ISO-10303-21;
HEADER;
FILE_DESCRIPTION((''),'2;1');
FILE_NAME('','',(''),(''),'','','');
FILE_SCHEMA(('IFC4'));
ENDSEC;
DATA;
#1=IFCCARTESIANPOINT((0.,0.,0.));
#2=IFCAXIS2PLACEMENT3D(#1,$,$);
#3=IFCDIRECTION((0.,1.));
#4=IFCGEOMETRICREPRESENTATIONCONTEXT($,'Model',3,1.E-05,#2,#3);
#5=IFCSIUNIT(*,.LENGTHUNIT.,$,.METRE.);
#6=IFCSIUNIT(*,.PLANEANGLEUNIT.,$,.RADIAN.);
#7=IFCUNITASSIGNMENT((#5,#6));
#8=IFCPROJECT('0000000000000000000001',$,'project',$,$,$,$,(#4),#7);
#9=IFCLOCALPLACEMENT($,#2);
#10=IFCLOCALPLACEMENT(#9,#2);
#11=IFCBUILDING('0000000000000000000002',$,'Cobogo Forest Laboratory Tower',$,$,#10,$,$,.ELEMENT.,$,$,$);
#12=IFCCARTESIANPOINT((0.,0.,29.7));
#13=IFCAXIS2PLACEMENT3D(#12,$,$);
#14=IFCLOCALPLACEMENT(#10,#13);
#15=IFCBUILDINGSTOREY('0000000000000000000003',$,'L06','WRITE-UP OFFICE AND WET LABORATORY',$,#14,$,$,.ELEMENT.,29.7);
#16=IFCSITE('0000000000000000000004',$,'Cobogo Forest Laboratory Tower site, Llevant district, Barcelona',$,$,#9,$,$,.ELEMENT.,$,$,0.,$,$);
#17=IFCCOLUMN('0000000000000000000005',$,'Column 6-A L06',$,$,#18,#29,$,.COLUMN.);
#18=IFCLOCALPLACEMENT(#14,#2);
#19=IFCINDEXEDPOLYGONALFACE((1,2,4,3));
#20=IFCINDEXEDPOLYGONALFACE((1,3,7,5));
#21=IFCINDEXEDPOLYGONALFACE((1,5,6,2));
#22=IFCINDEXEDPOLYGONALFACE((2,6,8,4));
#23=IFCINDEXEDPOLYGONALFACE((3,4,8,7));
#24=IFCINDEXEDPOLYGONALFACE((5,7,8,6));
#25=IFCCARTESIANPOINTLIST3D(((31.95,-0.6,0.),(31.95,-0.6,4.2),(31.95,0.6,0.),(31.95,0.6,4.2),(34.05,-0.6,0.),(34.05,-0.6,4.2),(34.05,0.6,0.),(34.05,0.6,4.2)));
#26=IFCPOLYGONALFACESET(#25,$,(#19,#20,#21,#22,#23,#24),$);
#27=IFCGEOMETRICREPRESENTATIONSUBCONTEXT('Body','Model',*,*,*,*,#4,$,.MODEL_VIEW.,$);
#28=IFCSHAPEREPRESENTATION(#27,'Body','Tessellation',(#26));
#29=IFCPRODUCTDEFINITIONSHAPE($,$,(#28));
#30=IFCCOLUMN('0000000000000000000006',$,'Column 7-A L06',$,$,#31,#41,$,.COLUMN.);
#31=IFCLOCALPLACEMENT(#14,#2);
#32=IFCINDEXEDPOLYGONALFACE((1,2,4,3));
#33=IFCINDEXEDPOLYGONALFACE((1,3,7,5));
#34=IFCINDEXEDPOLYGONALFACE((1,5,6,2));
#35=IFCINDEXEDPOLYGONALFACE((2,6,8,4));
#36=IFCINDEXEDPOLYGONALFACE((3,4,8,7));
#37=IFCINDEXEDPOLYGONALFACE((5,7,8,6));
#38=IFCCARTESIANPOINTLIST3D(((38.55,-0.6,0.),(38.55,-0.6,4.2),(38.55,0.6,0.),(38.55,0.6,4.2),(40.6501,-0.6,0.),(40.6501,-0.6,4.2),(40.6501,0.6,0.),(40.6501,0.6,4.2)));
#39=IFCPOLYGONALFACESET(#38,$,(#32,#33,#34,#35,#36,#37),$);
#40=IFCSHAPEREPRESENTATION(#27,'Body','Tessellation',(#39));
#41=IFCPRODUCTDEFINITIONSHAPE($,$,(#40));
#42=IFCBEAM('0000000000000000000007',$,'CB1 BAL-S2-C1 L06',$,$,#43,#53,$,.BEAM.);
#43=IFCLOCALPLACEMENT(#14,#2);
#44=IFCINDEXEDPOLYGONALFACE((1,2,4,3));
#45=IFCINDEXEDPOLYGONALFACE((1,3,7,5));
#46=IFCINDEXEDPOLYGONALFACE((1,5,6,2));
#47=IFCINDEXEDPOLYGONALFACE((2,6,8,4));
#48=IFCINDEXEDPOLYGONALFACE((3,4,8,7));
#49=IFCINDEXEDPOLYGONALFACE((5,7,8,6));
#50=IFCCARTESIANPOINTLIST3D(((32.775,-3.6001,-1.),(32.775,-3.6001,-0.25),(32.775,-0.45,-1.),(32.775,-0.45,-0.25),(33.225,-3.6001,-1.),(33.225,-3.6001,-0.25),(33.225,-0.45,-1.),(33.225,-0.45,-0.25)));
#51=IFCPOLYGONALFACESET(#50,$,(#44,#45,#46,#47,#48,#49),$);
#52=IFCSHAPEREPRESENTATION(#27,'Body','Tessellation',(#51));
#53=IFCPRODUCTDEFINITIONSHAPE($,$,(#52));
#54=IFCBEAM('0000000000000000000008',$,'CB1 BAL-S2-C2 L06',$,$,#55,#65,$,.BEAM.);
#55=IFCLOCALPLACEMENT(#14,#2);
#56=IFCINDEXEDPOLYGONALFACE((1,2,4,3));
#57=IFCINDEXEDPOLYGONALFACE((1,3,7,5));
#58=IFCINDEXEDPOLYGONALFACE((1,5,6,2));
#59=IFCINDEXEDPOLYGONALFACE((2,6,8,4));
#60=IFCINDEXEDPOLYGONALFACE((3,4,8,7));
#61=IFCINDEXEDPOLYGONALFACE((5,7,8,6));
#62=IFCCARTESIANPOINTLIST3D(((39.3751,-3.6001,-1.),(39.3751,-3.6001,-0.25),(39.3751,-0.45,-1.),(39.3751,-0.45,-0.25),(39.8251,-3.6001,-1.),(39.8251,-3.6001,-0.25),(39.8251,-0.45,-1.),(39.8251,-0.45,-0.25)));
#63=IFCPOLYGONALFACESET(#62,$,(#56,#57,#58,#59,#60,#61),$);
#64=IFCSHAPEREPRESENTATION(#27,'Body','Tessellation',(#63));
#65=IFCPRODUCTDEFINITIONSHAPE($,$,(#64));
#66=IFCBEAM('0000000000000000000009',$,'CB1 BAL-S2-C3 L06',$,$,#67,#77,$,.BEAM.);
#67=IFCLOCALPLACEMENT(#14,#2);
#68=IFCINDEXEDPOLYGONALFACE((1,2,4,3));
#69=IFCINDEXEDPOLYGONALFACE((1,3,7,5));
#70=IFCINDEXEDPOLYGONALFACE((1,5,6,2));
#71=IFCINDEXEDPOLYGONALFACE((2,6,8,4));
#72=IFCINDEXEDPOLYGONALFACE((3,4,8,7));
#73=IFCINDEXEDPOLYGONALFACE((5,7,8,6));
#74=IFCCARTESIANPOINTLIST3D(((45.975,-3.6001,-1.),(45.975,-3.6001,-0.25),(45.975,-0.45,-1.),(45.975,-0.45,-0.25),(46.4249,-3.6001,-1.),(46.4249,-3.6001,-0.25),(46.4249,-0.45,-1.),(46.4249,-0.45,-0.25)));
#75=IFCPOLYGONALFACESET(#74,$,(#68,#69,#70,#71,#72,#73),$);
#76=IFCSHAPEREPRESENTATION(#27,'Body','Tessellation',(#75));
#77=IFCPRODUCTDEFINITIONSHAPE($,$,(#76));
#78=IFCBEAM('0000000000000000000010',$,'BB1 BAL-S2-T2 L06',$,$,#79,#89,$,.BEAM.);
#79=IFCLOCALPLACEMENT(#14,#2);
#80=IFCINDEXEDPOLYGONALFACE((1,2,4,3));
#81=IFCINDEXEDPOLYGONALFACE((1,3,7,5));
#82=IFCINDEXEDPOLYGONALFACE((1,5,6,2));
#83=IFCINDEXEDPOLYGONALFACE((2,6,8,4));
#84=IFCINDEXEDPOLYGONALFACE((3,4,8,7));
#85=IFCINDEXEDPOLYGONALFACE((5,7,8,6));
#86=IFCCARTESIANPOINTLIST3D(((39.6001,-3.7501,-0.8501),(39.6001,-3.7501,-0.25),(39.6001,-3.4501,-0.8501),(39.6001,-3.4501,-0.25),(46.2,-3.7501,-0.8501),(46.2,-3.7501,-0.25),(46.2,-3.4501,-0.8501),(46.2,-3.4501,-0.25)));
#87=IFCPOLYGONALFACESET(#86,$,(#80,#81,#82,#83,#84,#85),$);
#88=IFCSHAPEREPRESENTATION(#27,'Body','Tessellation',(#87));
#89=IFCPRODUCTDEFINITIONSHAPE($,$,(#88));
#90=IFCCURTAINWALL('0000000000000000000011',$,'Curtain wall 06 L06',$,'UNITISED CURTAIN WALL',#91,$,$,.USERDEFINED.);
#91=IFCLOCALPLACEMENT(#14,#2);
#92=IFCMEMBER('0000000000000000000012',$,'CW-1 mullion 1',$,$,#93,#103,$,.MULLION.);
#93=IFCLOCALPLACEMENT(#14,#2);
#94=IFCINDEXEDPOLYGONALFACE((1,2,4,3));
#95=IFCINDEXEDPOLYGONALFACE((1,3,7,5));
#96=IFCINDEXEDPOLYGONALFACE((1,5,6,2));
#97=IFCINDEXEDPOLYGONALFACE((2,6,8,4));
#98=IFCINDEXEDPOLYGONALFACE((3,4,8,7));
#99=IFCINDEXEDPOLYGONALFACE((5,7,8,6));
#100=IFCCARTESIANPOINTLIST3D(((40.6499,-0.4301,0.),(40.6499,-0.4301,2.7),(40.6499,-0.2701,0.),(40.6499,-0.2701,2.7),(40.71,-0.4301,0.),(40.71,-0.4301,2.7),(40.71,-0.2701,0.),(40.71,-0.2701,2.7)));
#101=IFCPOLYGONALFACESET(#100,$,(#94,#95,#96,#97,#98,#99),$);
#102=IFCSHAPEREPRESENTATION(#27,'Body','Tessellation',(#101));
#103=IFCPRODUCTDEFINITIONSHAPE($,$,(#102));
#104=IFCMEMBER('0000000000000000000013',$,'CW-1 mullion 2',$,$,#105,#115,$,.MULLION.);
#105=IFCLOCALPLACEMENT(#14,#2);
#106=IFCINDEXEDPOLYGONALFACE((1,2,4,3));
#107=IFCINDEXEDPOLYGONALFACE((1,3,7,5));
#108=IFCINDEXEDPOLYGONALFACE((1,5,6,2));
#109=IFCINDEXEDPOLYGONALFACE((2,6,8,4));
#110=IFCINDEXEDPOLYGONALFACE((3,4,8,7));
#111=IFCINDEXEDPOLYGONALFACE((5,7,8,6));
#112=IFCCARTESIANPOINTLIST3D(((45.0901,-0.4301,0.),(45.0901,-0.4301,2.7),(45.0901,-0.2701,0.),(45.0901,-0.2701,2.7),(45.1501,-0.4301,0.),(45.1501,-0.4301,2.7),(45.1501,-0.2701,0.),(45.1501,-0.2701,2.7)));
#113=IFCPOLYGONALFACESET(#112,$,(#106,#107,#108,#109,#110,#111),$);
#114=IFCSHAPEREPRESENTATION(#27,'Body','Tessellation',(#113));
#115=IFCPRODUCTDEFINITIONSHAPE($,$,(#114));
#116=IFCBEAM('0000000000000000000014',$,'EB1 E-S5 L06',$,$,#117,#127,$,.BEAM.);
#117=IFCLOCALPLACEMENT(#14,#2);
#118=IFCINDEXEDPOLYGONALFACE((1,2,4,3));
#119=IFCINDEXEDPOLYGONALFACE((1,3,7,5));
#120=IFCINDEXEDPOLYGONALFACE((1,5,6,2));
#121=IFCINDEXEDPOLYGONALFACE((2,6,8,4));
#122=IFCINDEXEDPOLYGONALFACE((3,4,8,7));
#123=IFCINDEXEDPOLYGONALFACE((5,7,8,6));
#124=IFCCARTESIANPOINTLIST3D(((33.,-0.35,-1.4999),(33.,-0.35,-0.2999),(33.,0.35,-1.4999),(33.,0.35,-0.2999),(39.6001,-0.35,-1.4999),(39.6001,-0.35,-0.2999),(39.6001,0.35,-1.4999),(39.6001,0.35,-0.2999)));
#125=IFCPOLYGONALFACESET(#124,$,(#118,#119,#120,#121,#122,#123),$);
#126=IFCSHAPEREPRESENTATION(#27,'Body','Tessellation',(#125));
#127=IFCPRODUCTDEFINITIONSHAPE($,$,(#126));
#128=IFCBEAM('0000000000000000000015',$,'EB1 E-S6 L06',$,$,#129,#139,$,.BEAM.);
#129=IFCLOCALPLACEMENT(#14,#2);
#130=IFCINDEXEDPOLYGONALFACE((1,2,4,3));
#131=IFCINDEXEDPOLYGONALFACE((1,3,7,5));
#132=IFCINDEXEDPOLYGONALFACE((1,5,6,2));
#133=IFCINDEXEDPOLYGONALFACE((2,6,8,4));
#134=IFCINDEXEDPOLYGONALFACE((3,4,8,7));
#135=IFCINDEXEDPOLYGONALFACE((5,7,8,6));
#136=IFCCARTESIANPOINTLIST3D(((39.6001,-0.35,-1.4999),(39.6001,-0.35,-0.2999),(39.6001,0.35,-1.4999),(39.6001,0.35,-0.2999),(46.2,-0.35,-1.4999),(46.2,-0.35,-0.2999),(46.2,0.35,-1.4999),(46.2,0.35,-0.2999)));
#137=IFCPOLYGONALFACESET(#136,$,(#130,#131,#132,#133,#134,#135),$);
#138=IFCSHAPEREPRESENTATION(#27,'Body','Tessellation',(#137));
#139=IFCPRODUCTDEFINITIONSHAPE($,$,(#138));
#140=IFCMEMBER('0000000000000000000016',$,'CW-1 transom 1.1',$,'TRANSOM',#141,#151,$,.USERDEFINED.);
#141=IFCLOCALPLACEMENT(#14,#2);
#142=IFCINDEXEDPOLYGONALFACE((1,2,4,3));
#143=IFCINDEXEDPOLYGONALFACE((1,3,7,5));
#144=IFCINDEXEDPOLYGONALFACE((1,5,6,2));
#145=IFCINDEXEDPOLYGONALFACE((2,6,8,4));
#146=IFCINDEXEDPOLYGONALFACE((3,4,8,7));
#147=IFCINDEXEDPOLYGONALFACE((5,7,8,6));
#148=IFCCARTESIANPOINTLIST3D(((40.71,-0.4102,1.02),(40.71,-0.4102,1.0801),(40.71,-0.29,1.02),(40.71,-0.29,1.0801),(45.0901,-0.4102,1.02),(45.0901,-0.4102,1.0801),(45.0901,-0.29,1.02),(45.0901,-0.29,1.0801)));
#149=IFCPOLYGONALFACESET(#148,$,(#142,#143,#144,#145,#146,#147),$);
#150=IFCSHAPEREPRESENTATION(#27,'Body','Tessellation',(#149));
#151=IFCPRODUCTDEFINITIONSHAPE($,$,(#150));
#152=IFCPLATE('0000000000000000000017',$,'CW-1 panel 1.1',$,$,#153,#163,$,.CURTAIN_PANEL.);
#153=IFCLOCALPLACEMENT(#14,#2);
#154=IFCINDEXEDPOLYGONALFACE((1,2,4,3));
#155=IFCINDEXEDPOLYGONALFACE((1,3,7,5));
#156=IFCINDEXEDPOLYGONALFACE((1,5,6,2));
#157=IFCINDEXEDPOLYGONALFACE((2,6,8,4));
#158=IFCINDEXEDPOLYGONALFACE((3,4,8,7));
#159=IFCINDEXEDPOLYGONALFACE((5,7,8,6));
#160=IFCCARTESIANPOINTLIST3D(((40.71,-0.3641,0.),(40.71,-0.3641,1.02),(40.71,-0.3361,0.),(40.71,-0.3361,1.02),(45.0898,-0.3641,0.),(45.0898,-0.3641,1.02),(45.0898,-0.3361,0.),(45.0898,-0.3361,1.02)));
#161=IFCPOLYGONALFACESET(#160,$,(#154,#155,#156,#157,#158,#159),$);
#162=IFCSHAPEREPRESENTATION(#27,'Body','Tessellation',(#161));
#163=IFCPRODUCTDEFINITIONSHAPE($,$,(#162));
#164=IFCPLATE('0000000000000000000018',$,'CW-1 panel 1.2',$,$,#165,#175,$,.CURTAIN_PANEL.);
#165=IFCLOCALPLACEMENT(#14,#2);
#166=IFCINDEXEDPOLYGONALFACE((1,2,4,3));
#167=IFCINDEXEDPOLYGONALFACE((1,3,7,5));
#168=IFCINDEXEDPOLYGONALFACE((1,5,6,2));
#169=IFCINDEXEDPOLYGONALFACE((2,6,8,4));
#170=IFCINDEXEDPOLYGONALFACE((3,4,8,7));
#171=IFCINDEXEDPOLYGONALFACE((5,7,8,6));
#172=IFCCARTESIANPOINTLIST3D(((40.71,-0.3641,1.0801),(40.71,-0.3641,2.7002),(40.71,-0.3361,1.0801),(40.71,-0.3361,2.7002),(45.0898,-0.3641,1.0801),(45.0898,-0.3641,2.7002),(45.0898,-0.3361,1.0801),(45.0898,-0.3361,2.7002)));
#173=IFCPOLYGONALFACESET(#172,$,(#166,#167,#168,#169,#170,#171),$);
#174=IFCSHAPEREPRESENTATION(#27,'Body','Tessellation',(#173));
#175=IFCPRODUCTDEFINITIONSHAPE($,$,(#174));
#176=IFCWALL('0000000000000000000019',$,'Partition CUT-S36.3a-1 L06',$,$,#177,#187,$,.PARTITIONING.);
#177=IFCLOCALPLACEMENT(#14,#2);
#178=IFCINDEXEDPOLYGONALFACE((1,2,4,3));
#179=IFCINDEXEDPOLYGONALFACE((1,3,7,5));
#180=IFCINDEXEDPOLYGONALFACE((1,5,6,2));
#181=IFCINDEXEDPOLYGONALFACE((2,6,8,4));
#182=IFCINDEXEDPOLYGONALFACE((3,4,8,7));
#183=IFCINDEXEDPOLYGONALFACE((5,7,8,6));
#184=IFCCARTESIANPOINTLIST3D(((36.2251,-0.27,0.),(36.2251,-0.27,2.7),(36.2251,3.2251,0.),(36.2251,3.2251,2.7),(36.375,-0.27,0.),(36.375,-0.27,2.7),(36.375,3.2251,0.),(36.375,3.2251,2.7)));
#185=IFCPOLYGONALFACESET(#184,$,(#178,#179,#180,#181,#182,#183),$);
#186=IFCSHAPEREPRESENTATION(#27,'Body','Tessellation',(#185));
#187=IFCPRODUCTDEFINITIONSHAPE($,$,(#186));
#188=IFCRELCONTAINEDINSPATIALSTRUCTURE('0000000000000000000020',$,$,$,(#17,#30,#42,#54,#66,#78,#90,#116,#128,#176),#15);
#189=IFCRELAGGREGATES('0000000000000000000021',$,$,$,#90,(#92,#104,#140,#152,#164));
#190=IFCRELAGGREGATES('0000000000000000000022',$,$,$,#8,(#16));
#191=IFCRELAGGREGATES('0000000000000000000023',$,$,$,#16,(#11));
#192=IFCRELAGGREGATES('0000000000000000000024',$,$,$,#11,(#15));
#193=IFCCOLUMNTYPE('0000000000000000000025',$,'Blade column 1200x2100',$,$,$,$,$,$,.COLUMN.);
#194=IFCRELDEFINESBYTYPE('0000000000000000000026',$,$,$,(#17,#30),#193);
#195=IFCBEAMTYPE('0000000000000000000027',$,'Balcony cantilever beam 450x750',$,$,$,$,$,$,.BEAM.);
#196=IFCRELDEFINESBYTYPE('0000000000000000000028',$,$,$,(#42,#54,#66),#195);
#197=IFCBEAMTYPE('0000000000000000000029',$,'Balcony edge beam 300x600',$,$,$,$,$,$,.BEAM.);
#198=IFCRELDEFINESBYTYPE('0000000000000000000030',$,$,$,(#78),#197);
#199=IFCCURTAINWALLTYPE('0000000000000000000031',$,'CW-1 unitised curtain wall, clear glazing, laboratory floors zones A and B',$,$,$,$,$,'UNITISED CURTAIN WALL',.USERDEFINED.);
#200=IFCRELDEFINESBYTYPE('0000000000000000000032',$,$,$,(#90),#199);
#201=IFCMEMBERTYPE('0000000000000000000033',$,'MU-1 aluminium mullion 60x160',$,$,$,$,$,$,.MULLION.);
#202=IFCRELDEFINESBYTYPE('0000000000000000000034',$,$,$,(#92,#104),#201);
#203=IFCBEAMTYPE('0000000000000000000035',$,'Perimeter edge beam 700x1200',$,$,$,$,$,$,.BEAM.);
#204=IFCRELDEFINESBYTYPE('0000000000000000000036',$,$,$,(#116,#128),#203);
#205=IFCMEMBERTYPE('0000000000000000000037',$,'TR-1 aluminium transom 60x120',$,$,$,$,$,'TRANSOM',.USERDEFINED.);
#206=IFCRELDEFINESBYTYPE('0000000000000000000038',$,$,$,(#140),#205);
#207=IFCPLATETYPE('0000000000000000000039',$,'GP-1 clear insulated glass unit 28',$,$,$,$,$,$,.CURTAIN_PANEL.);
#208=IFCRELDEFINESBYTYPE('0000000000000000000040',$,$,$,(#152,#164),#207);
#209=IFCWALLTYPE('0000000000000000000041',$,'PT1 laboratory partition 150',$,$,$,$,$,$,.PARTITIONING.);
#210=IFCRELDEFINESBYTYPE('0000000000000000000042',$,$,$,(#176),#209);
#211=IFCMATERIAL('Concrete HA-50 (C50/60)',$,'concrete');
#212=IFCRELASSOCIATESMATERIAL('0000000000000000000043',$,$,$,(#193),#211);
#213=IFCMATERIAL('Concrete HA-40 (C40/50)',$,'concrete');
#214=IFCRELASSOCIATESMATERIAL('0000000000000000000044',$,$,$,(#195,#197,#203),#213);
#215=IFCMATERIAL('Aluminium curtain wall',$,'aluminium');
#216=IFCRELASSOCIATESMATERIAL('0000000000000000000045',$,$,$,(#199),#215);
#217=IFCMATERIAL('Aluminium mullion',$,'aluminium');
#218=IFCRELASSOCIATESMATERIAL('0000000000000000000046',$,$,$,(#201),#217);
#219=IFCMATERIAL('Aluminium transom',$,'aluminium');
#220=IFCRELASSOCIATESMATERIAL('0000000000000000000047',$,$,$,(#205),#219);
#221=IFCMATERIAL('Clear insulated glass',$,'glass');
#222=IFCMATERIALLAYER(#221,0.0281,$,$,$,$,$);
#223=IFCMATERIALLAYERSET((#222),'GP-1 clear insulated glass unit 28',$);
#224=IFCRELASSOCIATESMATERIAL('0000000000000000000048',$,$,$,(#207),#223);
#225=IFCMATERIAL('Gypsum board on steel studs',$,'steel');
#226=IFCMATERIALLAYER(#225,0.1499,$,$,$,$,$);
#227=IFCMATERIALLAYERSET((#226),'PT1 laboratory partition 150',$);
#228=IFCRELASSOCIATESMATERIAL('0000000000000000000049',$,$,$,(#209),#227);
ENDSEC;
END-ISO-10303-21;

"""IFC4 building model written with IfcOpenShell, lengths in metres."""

from ifc_helpers import new_model, si_unit, direction, frame, frame_2d, origin, origin_2d, place, context, subcontext, project, spatial, rectangle, extrude, material, layer, layer_set, material_profile, profile_set, type_object, element, aggregate, save


model = new_model("IFC4")

# Units and contexts
model_context = context("Model", 3, precision=1e-05, world=origin(), true_north=direction((0.0, 1.0)))
body_context = subcontext(model_context, "Body", "Model", "MODEL_VIEW")
ifc_project = project(units=[si_unit("LENGTHUNIT", "METRE"), si_unit("PLANEANGLEUNIT", "RADIAN")], contexts=[model_context])

# Site, building, storey
site_placement = place(None, origin())
site = spatial("IfcSite", under=ifc_project, at=site_placement, Name="Cobogo Forest Laboratory Tower site, Llevant district, Barcelona", CompositionType="ELEMENT", RefElevation=0.0)
building_placement = place(site_placement, origin())
building = spatial("IfcBuilding", under=site, at=building_placement, Name="Cobogo Forest Laboratory Tower", CompositionType="ELEMENT")
storey_placement = place(building_placement, frame((0.0, 0.0, 29.7)))
storey = spatial("IfcBuildingStorey", under=building, at=storey_placement, Name="L06", Description="WRITE-UP OFFICE AND WET LABORATORY", CompositionType="ELEMENT", Elevation=29.7)

# Columns
ifc_material_1 = material(Name="Concrete HA-50 (C50/60)", Category="concrete")
ifc_material_profile_1 = material_profile(ifc_material_1, rectangle(XDim=2.1001, YDim=1.2, at=origin_2d()), Name="RC 1200x2100")
ifc_profile_set_1 = profile_set([ifc_material_profile_1], Name="Concrete HA-50 (C50/60)")
column_type = type_object("IfcColumnType", Name="Blade column 1200x2100", PredefinedType="COLUMN", material=ifc_profile_set_1)
for number, where, z_axis, x_axis, name in (
    (1, (33.0, 0.0, 0.0), (0.0, 0.0, 1.0), (1.0, 0.0, 0.0), "Column 6-A L06"),
    (2, (39.6001, 0.0, 0.0), (0.0, 0.0, 1.0), (1.0, 0.0, 0.0), "Column 7-A L06"),
):
    element("IfcColumn", number, at=place(storey_placement, frame(where, z_axis=z_axis, x_axis=x_axis)), inside=storey, type_object=column_type, Name=name, PredefinedType="COLUMN", context=body_context, shape_type="SweptSolid", body=[
        extrude(rectangle(XDim=2.1001, YDim=1.2, at=origin_2d()), origin(), (0.0, 0.0, 1.0), 4.2),
    ])

# Beams
ifc_material_2 = material(Name="Concrete HA-40 (C40/50)", Category="concrete")
ifc_material_profile_2 = material_profile(ifc_material_2, rectangle(XDim=0.45, YDim=0.75, at=origin_2d()), Name="RC 450x750")
ifc_profile_set_2 = profile_set([ifc_material_profile_2], Name="Concrete HA-40 (C40/50)")
beam_type_1 = type_object("IfcBeamType", Name="Balcony cantilever beam 450x750", PredefinedType="BEAM", material=ifc_profile_set_2)
for number, where, z_axis, x_axis, name in (
    (3, (33.0, -0.45, -0.625), (0.0, -1.0, 0.0), (1.0, 0.0, 0.0), "CB1 BAL-S2-C1 L06"),
    (4, (39.6001, -0.45, -0.625), (0.0, -1.0, 0.0), (1.0, 0.0, 0.0), "CB1 BAL-S2-C2 L06"),
    (5, (46.2, -0.45, -0.625), (0.0, -1.0, 0.0), (1.0, 0.0, 0.0), "CB1 BAL-S2-C3 L06"),
):
    element("IfcBeam", number, at=place(storey_placement, frame(where, z_axis=z_axis, x_axis=x_axis)), inside=storey, type_object=beam_type_1, Name=name, PredefinedType="BEAM", context=body_context, shape_type="SweptSolid", body=[
        extrude(rectangle(XDim=0.45, YDim=0.75, at=origin_2d()), origin(), (0.0, 0.0, 1.0), 3.1501),
    ])
ifc_material_profile_3 = material_profile(ifc_material_2, rectangle(XDim=0.3, YDim=0.6001, at=origin_2d()), Name="RC 300x600")
ifc_profile_set_3 = profile_set([ifc_material_profile_3], Name="Concrete HA-40 (C40/50)")
beam_type_2 = type_object("IfcBeamType", Name="Balcony edge beam 300x600", PredefinedType="BEAM", material=ifc_profile_set_3)
beam_1_placement = place(storey_placement, frame((39.6001, -3.6001, -0.55), z_axis=(1.0, 0.0, 0.0), x_axis=(0.0, 1.0, 0.0)))
element("IfcBeam", 6, at=beam_1_placement, inside=storey, type_object=beam_type_2, Name="BB1 BAL-S2-T2 L06", PredefinedType="BEAM", context=body_context, shape_type="SweptSolid", body=[
    extrude(rectangle(XDim=0.3, YDim=0.6001, at=origin_2d()), origin(), (0.0, 0.0, 1.0), 6.5999),
])

# Curtain wall, members
ifc_material_3 = material(Name="Aluminium curtain wall", Category="aluminium")
curtain_wall_type = type_object("IfcCurtainWallType", Name="CW-1 unitised curtain wall, clear glazing, laboratory floors zones A and B", ElementType="UNITISED CURTAIN WALL", PredefinedType="USERDEFINED", material=ifc_material_3)
curtain_wall_placement = place(storey_placement, origin())
curtain_wall = element("IfcCurtainWall", 7, at=curtain_wall_placement, inside=storey, type_object=curtain_wall_type, Name="Curtain wall 06 L06", ObjectType="UNITISED CURTAIN WALL", PredefinedType="USERDEFINED")
ifc_material_4 = material(Name="Aluminium mullion", Category="aluminium")
ifc_material_profile_4 = material_profile(ifc_material_4, rectangle(XDim=0.0601, YDim=0.1599, at=origin_2d()), Name="AL 60x160")
ifc_profile_set_4 = profile_set([ifc_material_profile_4], Name="Aluminium mullion")
member_type_1 = type_object("IfcMemberType", Name="MU-1 aluminium mullion 60x160", PredefinedType="MULLION", material=ifc_profile_set_4)
member_1_placement = place(storey_placement, frame((40.6799, -0.3501, 0.0), z_axis=(0.0, 0.0, 1.0), x_axis=(1.0, 0.0, 0.0)))
member_1 = element("IfcMember", 8, at=member_1_placement, type_object=member_type_1, Name="CW-1 mullion 1", PredefinedType="MULLION", context=body_context, shape_type="SweptSolid", body=[
    extrude(rectangle(XDim=0.0601, YDim=0.1599, at=origin_2d()), origin(), (0.0, 0.0, 1.0), 2.7),
])
member_2_placement = place(storey_placement, frame((45.1201, -0.3501, 0.0), z_axis=(0.0, 0.0, 1.0), x_axis=(1.0, 0.0, 0.0)))
member_2 = element("IfcMember", 9, at=member_2_placement, type_object=member_type_1, Name="CW-1 mullion 2", PredefinedType="MULLION", context=body_context, shape_type="SweptSolid", body=[
    extrude(rectangle(XDim=0.0601, YDim=0.1599, at=origin_2d()), origin(), (0.0, 0.0, 1.0), 2.7),
])

# Beams
ifc_material_profile_5 = material_profile(ifc_material_2, rectangle(XDim=0.7, YDim=1.2, at=origin_2d()), Name="RC 700x1200")
ifc_profile_set_5 = profile_set([ifc_material_profile_5], Name="Concrete HA-40 (C40/50)")
beam_type_3 = type_object("IfcBeamType", Name="Perimeter edge beam 700x1200", PredefinedType="BEAM", material=ifc_profile_set_5)
beam_2_placement = place(storey_placement, frame((33.0, 0.0, -0.8999), z_axis=(1.0, 0.0, 0.0), x_axis=(0.0, 1.0, 0.0)))
element("IfcBeam", 10, at=beam_2_placement, inside=storey, type_object=beam_type_3, Name="EB1 E-S5 L06", PredefinedType="BEAM", context=body_context, shape_type="SweptSolid", body=[
    extrude(rectangle(XDim=0.7, YDim=1.2, at=origin_2d()), origin(), (0.0, 0.0, 1.0), 6.6001),
])
beam_3_placement = place(storey_placement, frame((39.6001, 0.0, -0.8999), z_axis=(1.0, 0.0, 0.0), x_axis=(0.0, 1.0, 0.0)))
element("IfcBeam", 11, at=beam_3_placement, inside=storey, type_object=beam_type_3, Name="EB1 E-S6 L06", PredefinedType="BEAM", context=body_context, shape_type="SweptSolid", body=[
    extrude(rectangle(XDim=0.7, YDim=1.2, at=origin_2d()), origin(), (0.0, 0.0, 1.0), 6.5999),
])

# Member
ifc_material_5 = material(Name="Aluminium transom", Category="aluminium")
ifc_material_profile_6 = material_profile(ifc_material_5, rectangle(XDim=0.1201, YDim=0.0601, at=origin_2d()), Name="AL 60x120")
ifc_profile_set_6 = profile_set([ifc_material_profile_6], Name="Aluminium transom")
member_type_2 = type_object("IfcMemberType", Name="TR-1 aluminium transom 60x120", ElementType="TRANSOM", PredefinedType="USERDEFINED", material=ifc_profile_set_6)
member_3_placement = place(storey_placement, frame((40.71, -0.3501, 1.05), z_axis=(1.0, 0.0, 0.0), x_axis=(0.0, 1.0, 0.0)))
member_3 = element("IfcMember", 12, at=member_3_placement, type_object=member_type_2, Name="CW-1 transom 1.1", ObjectType="TRANSOM", PredefinedType="USERDEFINED", context=body_context, shape_type="SweptSolid", body=[
    extrude(rectangle(XDim=0.1201, YDim=0.0601, at=origin_2d()), origin(), (0.0, 0.0, 1.0), 4.3801),
])

# Plates
ifc_material_6 = material(Name="Clear insulated glass", Category="glass")
ifc_layer_1 = layer(ifc_material_6, 0.0281)
ifc_layer_set_1 = layer_set([ifc_layer_1], Name="GP-1 clear insulated glass unit 28")
plate_type = type_object("IfcPlateType", Name="GP-1 clear insulated glass unit 28", PredefinedType="CURTAIN_PANEL", material=ifc_layer_set_1)
plate_1_placement = place(storey_placement, frame((42.8999, -0.3501, 0.0), z_axis=(0.0, 0.0, 1.0), x_axis=(1.0, 0.0, 0.0)))
plate_1 = element("IfcPlate", 13, at=plate_1_placement, type_object=plate_type, Name="CW-1 panel 1.1", PredefinedType="CURTAIN_PANEL", context=body_context, shape_type="SweptSolid", body=[
    extrude(rectangle(XDim=4.3799, YDim=0.0281, at=origin_2d()), origin(), (0.0, 0.0, 1.0), 1.02),
])
plate_2_placement = place(storey_placement, frame((42.8999, -0.3501, 1.0801), z_axis=(0.0, 0.0, 1.0), x_axis=(1.0, 0.0, 0.0)))
plate_2 = element("IfcPlate", 14, at=plate_2_placement, type_object=plate_type, Name="CW-1 panel 1.2", PredefinedType="CURTAIN_PANEL", context=body_context, shape_type="SweptSolid", body=[
    extrude(rectangle(XDim=4.3799, YDim=0.0281, at=origin_2d()), origin(), (0.0, 0.0, 1.0), 1.6201),
])
aggregate(curtain_wall, [member_1, member_2, member_3, plate_1, plate_2])

# Wall
ifc_material_7 = material(Name="Gypsum board on steel studs", Category="steel")
ifc_layer_2 = layer(ifc_material_7, 0.1499)
ifc_layer_set_2 = layer_set([ifc_layer_2], Name="PT1 laboratory partition 150")
wall_type_1 = type_object("IfcWallType", Name="PT1 laboratory partition 150", PredefinedType="PARTITIONING", material=ifc_layer_set_2)
wall_1_placement = place(storey_placement, frame((36.3, -0.27, 0.0), z_axis=(0.0, 0.0, 1.0), x_axis=(0.0, 1.0, 0.0)))
element("IfcWall", 15, at=wall_1_placement, inside=storey, type_object=wall_type_1, Name="Partition CUT-S36.3a-1 L06", PredefinedType="PARTITIONING", context=body_context, shape_type="SweptSolid", body=[
    extrude(rectangle(XDim=3.4951, YDim=0.1499, at=frame_2d((1.7476, 0.0))), origin(), (0.0, 0.0, 1.0), 2.7),
])

save(model, "model.ifc")
